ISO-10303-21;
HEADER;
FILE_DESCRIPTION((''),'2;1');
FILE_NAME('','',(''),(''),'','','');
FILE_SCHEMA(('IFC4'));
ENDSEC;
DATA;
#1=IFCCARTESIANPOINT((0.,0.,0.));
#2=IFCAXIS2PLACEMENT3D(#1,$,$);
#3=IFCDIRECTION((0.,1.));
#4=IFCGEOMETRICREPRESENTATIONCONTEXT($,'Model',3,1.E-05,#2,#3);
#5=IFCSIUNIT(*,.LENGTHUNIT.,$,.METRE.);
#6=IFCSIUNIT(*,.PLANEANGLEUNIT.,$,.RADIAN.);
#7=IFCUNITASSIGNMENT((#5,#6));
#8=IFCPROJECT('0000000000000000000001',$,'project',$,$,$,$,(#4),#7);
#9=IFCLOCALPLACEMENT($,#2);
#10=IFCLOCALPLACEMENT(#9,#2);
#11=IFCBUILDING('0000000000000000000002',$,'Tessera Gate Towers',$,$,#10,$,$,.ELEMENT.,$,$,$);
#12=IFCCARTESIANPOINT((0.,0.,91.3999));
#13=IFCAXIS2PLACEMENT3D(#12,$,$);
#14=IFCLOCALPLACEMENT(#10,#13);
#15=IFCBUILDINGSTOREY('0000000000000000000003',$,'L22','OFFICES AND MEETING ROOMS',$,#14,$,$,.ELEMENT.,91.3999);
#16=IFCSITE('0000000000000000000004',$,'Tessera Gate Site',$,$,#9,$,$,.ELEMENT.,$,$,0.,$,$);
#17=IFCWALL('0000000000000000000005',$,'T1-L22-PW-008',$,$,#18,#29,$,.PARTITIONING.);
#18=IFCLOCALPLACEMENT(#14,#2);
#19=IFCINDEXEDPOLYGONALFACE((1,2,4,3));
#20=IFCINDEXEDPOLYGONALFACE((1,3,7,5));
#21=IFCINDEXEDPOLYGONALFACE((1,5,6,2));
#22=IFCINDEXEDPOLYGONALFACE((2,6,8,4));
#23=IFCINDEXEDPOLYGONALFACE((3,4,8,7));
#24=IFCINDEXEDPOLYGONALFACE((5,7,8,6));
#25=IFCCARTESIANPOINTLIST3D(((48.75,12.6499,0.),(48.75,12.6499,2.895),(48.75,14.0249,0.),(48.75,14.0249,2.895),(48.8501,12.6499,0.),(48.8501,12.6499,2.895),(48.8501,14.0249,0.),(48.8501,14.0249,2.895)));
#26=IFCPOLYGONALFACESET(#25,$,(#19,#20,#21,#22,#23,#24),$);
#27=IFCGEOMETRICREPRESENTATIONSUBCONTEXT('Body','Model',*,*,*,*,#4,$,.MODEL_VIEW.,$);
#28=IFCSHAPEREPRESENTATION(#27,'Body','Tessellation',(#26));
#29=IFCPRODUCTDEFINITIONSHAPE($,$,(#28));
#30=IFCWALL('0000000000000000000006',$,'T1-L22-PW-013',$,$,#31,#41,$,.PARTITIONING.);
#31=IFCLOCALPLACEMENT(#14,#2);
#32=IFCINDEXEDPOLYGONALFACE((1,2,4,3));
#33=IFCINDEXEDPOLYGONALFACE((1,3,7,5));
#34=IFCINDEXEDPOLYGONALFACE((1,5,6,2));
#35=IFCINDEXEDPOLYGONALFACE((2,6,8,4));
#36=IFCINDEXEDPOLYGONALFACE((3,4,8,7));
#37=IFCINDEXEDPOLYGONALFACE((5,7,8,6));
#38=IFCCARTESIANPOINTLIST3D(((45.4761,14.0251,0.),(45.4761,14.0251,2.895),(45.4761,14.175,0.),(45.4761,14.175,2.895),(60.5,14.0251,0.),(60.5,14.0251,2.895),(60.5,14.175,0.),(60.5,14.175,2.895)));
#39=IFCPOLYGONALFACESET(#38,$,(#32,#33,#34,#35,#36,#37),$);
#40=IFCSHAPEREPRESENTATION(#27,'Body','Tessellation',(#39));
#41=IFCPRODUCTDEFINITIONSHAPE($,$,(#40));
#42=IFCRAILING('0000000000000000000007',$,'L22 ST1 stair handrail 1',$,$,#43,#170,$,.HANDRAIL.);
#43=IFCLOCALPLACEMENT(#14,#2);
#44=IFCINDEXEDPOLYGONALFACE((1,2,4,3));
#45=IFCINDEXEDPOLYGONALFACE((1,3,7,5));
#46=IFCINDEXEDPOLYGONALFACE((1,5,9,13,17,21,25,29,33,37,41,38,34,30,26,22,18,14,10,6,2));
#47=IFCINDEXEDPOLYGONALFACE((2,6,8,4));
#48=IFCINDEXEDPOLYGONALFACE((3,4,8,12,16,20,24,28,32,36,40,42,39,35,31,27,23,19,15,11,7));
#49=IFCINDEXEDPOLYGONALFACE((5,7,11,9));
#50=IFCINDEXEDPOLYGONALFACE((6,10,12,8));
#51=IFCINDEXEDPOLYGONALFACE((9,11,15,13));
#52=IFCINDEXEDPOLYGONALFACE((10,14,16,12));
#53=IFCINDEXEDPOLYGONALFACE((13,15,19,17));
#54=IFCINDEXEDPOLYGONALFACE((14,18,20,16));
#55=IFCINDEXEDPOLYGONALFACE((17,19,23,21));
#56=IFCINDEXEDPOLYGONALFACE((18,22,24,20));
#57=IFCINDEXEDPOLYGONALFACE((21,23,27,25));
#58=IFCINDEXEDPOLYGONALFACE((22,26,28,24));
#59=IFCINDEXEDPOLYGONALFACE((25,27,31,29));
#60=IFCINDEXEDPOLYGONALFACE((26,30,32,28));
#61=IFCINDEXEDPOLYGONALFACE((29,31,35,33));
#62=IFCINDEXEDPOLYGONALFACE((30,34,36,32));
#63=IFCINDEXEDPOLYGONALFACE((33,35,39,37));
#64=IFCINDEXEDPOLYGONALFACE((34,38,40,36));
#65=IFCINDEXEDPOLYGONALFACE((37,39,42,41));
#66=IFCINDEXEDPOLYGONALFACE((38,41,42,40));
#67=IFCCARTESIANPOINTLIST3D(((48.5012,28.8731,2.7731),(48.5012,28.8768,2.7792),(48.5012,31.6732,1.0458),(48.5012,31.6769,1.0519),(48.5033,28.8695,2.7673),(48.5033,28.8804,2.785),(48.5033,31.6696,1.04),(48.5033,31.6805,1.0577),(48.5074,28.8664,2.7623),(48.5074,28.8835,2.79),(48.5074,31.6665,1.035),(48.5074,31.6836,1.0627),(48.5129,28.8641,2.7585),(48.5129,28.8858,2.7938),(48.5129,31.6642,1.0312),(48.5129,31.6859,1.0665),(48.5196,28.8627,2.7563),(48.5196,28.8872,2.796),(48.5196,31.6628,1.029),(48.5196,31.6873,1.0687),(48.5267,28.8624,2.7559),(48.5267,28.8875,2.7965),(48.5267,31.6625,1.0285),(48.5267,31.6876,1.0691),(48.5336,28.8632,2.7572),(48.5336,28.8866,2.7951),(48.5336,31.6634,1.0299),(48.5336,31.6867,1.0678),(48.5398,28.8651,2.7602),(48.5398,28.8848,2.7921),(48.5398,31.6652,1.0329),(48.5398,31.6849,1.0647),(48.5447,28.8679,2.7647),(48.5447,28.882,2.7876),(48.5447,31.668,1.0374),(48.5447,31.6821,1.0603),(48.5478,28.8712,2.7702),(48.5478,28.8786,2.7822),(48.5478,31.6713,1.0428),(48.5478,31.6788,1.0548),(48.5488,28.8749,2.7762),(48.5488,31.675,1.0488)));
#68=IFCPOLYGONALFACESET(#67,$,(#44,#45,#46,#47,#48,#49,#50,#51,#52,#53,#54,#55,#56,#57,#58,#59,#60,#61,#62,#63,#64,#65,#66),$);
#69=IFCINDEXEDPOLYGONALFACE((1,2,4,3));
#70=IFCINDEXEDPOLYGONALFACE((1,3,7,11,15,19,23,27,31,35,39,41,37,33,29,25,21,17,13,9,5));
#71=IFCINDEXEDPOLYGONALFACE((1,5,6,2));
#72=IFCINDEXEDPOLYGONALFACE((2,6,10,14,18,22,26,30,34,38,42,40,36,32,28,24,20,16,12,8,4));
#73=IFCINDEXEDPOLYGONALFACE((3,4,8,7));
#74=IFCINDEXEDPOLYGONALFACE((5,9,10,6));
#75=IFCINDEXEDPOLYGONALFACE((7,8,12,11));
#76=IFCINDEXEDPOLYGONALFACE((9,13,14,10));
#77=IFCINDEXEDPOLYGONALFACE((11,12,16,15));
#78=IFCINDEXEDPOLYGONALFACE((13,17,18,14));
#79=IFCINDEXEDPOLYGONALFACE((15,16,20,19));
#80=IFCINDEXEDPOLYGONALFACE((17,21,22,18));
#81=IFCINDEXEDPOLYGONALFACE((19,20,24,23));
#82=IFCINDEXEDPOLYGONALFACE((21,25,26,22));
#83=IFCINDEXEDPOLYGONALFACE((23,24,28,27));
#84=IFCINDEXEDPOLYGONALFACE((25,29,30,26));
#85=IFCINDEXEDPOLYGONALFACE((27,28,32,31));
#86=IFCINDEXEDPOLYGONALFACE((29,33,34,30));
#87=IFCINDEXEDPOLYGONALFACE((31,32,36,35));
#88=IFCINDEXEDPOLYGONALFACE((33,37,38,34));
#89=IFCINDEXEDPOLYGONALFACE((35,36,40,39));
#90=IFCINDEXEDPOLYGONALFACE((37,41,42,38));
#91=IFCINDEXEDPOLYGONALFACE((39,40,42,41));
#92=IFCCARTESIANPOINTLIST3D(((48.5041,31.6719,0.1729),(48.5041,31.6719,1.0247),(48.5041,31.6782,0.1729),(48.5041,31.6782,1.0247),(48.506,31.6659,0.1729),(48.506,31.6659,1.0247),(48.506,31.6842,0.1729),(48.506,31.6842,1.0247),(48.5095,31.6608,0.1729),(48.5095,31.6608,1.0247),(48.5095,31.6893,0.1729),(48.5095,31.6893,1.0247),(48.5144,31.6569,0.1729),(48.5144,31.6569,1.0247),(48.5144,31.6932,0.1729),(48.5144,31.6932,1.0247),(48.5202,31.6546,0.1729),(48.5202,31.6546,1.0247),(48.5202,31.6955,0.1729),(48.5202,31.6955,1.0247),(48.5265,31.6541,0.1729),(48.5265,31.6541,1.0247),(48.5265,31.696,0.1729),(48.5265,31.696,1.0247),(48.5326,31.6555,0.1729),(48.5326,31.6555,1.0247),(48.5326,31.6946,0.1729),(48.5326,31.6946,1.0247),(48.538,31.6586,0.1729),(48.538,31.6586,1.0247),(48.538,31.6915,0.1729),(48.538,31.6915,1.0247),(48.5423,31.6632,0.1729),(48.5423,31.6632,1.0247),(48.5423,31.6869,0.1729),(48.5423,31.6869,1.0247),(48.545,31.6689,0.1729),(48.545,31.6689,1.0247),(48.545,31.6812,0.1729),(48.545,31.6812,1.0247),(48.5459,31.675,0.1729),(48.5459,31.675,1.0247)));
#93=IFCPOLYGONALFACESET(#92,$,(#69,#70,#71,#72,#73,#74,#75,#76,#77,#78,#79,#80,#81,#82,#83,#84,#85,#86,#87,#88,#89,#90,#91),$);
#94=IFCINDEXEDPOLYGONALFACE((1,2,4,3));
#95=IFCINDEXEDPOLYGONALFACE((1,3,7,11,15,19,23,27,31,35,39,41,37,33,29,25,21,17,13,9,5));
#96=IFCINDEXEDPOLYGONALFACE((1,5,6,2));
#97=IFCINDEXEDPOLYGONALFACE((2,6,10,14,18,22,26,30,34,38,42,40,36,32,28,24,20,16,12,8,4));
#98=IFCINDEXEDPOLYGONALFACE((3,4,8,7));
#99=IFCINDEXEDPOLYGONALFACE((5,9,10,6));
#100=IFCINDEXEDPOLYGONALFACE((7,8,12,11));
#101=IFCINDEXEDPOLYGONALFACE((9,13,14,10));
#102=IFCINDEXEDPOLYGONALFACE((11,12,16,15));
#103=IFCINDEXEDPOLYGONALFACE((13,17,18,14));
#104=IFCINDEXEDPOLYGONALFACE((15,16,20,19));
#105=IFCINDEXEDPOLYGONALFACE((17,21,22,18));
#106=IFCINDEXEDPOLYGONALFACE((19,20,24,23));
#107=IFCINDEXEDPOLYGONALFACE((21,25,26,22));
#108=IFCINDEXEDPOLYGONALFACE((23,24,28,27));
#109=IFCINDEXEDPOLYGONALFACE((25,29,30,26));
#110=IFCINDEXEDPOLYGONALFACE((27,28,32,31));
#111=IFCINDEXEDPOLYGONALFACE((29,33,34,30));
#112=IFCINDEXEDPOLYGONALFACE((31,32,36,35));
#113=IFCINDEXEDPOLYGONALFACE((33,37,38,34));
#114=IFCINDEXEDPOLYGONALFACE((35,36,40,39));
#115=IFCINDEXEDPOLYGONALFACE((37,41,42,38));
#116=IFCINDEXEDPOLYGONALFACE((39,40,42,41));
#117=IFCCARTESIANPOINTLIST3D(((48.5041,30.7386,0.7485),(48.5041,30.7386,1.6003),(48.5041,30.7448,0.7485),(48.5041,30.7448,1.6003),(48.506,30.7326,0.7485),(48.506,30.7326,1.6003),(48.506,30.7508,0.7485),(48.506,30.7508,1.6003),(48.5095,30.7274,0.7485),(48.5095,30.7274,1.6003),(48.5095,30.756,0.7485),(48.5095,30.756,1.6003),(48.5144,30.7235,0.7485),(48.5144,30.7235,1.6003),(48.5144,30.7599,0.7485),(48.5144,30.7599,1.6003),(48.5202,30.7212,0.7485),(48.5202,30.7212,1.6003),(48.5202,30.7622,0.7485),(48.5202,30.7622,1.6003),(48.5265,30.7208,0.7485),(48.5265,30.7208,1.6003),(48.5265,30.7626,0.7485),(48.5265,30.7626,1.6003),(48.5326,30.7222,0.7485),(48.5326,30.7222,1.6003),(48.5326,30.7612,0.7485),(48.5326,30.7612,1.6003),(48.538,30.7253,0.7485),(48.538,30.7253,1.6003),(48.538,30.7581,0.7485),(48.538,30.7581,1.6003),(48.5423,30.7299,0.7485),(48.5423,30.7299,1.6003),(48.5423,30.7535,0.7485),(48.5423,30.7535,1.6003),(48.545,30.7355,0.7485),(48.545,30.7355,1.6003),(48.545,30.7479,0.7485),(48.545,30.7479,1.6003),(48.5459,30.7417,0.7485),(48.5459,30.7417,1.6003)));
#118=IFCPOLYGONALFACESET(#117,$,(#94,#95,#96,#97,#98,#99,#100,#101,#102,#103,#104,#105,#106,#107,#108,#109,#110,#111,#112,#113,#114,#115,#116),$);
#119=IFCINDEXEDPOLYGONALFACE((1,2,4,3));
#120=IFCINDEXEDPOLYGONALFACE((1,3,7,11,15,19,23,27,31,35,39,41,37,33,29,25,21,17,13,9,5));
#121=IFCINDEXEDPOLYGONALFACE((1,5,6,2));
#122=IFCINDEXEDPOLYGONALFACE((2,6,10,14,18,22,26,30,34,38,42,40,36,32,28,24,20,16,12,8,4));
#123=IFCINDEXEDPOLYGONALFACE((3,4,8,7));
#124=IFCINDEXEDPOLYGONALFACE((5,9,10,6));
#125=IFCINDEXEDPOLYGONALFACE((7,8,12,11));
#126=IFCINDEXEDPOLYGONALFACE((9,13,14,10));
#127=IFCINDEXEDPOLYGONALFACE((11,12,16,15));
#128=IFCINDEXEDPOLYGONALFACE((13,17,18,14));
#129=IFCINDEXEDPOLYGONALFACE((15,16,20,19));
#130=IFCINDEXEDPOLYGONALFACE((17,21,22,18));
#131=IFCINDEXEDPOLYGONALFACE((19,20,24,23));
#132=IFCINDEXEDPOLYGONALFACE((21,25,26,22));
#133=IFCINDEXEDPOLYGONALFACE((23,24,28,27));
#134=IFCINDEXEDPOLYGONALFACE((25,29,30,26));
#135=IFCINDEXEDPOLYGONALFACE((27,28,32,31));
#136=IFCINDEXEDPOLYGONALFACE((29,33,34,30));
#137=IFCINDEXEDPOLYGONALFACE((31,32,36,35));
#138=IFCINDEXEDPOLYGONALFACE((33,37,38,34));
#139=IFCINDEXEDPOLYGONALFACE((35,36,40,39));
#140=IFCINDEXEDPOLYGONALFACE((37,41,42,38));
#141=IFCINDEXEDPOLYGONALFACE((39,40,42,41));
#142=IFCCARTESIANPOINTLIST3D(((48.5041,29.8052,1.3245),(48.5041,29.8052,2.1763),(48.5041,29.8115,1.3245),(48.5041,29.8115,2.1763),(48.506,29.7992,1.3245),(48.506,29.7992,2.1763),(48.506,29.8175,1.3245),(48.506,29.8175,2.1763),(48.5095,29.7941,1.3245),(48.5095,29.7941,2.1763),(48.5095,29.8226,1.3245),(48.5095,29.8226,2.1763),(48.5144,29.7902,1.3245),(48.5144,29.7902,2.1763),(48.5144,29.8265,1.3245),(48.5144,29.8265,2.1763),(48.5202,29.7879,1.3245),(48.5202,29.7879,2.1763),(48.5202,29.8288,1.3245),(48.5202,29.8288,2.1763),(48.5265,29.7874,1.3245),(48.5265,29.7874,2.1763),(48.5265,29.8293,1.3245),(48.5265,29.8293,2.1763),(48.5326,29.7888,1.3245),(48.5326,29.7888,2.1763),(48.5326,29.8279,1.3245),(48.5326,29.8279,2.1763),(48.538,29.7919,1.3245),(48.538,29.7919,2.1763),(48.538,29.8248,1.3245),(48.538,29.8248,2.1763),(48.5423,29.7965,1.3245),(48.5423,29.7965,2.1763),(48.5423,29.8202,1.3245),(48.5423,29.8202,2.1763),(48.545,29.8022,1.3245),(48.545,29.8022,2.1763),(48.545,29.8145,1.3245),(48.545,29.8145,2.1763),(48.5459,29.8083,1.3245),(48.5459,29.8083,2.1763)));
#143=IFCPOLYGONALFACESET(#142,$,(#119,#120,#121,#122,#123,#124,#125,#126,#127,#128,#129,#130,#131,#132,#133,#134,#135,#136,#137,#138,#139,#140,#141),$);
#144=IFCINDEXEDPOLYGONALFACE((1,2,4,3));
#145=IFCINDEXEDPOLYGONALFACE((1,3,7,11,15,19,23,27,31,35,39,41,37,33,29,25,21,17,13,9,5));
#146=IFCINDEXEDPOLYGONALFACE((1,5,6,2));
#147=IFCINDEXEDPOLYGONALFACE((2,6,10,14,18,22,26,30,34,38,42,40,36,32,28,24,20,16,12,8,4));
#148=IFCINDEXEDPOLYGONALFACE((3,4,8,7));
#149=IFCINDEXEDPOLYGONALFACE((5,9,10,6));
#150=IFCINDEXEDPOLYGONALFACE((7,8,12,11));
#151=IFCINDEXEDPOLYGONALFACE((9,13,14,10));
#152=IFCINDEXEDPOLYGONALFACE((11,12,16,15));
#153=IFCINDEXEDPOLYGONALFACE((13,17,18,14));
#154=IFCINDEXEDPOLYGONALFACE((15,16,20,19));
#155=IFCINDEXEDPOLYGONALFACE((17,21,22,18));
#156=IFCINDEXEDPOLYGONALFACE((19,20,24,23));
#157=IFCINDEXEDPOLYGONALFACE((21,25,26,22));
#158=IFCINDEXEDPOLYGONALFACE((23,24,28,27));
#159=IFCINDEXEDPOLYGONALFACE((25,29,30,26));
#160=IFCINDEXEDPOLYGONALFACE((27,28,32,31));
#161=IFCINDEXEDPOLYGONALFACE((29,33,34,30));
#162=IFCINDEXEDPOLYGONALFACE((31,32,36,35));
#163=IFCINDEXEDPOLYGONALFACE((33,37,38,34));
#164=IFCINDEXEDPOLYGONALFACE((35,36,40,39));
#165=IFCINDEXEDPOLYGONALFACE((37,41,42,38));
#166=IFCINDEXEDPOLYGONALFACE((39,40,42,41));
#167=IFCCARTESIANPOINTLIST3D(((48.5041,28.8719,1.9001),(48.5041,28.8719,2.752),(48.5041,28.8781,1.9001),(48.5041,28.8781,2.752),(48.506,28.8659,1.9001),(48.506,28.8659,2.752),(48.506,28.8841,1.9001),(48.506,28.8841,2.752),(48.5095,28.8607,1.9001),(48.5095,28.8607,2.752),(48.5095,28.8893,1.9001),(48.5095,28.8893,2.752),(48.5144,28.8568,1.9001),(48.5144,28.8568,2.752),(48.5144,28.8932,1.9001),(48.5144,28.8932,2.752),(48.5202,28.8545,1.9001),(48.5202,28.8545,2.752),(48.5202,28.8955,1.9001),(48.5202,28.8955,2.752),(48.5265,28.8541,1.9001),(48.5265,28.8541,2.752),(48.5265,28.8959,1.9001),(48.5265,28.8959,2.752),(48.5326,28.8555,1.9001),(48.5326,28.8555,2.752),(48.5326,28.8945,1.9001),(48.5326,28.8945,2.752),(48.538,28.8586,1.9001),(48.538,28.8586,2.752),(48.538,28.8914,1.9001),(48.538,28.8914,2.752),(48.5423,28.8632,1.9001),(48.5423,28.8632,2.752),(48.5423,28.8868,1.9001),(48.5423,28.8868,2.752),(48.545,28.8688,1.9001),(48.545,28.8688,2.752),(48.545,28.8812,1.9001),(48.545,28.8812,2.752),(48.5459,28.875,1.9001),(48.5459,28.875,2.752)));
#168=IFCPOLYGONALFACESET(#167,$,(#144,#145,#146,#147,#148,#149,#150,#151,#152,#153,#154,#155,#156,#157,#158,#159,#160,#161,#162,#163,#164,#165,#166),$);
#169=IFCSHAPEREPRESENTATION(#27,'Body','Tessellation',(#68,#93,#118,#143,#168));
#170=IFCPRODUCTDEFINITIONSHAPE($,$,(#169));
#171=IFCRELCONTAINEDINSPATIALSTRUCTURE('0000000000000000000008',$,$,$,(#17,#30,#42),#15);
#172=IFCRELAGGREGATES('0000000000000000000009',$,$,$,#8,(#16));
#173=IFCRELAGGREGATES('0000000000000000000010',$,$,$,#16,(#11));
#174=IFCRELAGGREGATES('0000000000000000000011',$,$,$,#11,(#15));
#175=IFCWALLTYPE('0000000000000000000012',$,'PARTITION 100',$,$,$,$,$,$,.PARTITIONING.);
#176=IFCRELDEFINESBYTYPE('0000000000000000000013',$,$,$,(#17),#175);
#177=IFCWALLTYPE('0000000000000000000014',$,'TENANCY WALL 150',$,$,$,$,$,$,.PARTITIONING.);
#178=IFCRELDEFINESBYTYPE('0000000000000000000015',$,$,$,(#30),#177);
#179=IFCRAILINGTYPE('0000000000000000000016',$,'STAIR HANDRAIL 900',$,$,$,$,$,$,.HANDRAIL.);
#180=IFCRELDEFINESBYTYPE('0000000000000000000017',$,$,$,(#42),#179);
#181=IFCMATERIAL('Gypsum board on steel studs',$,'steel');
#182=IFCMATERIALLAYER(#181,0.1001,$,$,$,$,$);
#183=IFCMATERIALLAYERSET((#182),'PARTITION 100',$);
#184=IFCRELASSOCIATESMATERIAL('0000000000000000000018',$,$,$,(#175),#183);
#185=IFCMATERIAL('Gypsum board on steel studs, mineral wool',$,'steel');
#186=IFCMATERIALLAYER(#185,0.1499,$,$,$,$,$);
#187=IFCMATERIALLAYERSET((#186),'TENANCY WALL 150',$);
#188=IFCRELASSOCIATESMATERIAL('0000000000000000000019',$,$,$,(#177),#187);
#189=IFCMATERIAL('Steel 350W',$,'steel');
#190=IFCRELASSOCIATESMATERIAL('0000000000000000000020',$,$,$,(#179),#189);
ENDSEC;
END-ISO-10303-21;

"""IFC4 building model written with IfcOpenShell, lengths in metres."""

from ifc_helpers import new_model, si_unit, direction, frame, frame_2d, origin, origin_2d, place, context, subcontext, project, spatial, rectangle, circle, extrude, material, layer, layer_set, type_object, element, save


model = new_model("IFC4")

# Units and contexts
model_context = context("Model", 3, precision=1e-05, world=origin(), true_north=direction((0.0, 1.0)))
body_context = subcontext(model_context, "Body", "Model", "MODEL_VIEW")
ifc_project = project(units=[si_unit("LENGTHUNIT", "METRE"), si_unit("PLANEANGLEUNIT", "RADIAN")], contexts=[model_context])

# Site, building, storey
site_placement = place(None, origin())
site = spatial("IfcSite", under=ifc_project, at=site_placement, Name="Tessera Gate Site", CompositionType="ELEMENT", RefElevation=0.0)
building_placement = place(site_placement, origin())
building = spatial("IfcBuilding", under=site, at=building_placement, Name="Tessera Gate Towers", CompositionType="ELEMENT")
storey_placement = place(building_placement, frame((0.0, 0.0, 91.3999)))
storey = spatial("IfcBuildingStorey", under=building, at=storey_placement, Name="L22", Description="OFFICES AND MEETING ROOMS", CompositionType="ELEMENT", Elevation=91.3999)

# Walls
ifc_material_1 = material(Name="Gypsum board on steel studs", Category="steel")
ifc_layer_1 = layer(ifc_material_1, 0.1001)
ifc_layer_set_1 = layer_set([ifc_layer_1], Name="PARTITION 100")
wall_type_1 = type_object("IfcWallType", Name="PARTITION 100", PredefinedType="PARTITIONING", material=ifc_layer_set_1)
wall_1_placement = place(storey_placement, frame((48.8, 12.6499, 0.0), z_axis=(0.0, 0.0, 1.0), x_axis=(0.0, 1.0, 0.0)))
element("IfcWall", 1, at=wall_1_placement, inside=storey, type_object=wall_type_1, Name="T1-L22-PW-008", PredefinedType="PARTITIONING", context=body_context, shape_type="SweptSolid", body=[
    extrude(rectangle(XDim=1.375, YDim=0.1001, at=frame_2d((0.6875, 0.0))), origin(), (0.0, 0.0, 1.0), 2.895),
])
ifc_material_2 = material(Name="Gypsum board on steel studs, mineral wool", Category="steel")
ifc_layer_2 = layer(ifc_material_2, 0.1499)
ifc_layer_set_2 = layer_set([ifc_layer_2], Name="TENANCY WALL 150")
wall_type_2 = type_object("IfcWallType", Name="TENANCY WALL 150", PredefinedType="PARTITIONING", material=ifc_layer_set_2)
wall_2_placement = place(storey_placement, frame((45.4761, 14.1001, 0.0), z_axis=(0.0, 0.0, 1.0), x_axis=(1.0, 0.0, 0.0)))
element("IfcWall", 2, at=wall_2_placement, inside=storey, type_object=wall_type_2, Name="T1-L22-PW-013", PredefinedType="PARTITIONING", context=body_context, shape_type="SweptSolid", body=[
    extrude(rectangle(XDim=15.0239, YDim=0.1499, at=frame_2d((7.512, 0.0))), origin(), (0.0, 0.0, 1.0), 2.895),
])

# Railing
ifc_material_3 = material(Name="Steel 350W", Category="steel")
railing_type = type_object("IfcRailingType", Name="STAIR HANDRAIL 900", PredefinedType="HANDRAIL", material=ifc_material_3)
railing_placement = place(storey_placement, frame((48.5249, 31.675, 0.1729)))
element("IfcRailing", 3, at=railing_placement, inside=storey, type_object=railing_type, Name="L22 ST1 stair handrail 1", PredefinedType="HANDRAIL", context=body_context, shape_type="SweptSolid", body=[
    extrude(circle(Radius=0.0239, at=origin_2d()), frame((0.0, 0.0, 0.876), z_axis=(0.0, -0.85109, 0.52502), x_axis=(1.0, 0.0, 0.0)), (0.0, 0.0, 1.0), 3.29),
    extrude(circle(Radius=0.021, at=origin_2d()), origin(), (0.0, 0.0, 1.0), 0.8518),
    extrude(circle(Radius=0.021, at=origin_2d()), frame((0.0, -0.9333, 0.5757)), (0.0, 0.0, 1.0), 0.8518),
    extrude(circle(Radius=0.021, at=origin_2d()), frame((0.0, -1.8667, 1.1516)), (0.0, 0.0, 1.0), 0.8518),
    extrude(circle(Radius=0.021, at=origin_2d()), frame((0.0, -2.8, 1.7273)), (0.0, 0.0, 1.0), 0.8518),
])

save(model, "model.ifc")
